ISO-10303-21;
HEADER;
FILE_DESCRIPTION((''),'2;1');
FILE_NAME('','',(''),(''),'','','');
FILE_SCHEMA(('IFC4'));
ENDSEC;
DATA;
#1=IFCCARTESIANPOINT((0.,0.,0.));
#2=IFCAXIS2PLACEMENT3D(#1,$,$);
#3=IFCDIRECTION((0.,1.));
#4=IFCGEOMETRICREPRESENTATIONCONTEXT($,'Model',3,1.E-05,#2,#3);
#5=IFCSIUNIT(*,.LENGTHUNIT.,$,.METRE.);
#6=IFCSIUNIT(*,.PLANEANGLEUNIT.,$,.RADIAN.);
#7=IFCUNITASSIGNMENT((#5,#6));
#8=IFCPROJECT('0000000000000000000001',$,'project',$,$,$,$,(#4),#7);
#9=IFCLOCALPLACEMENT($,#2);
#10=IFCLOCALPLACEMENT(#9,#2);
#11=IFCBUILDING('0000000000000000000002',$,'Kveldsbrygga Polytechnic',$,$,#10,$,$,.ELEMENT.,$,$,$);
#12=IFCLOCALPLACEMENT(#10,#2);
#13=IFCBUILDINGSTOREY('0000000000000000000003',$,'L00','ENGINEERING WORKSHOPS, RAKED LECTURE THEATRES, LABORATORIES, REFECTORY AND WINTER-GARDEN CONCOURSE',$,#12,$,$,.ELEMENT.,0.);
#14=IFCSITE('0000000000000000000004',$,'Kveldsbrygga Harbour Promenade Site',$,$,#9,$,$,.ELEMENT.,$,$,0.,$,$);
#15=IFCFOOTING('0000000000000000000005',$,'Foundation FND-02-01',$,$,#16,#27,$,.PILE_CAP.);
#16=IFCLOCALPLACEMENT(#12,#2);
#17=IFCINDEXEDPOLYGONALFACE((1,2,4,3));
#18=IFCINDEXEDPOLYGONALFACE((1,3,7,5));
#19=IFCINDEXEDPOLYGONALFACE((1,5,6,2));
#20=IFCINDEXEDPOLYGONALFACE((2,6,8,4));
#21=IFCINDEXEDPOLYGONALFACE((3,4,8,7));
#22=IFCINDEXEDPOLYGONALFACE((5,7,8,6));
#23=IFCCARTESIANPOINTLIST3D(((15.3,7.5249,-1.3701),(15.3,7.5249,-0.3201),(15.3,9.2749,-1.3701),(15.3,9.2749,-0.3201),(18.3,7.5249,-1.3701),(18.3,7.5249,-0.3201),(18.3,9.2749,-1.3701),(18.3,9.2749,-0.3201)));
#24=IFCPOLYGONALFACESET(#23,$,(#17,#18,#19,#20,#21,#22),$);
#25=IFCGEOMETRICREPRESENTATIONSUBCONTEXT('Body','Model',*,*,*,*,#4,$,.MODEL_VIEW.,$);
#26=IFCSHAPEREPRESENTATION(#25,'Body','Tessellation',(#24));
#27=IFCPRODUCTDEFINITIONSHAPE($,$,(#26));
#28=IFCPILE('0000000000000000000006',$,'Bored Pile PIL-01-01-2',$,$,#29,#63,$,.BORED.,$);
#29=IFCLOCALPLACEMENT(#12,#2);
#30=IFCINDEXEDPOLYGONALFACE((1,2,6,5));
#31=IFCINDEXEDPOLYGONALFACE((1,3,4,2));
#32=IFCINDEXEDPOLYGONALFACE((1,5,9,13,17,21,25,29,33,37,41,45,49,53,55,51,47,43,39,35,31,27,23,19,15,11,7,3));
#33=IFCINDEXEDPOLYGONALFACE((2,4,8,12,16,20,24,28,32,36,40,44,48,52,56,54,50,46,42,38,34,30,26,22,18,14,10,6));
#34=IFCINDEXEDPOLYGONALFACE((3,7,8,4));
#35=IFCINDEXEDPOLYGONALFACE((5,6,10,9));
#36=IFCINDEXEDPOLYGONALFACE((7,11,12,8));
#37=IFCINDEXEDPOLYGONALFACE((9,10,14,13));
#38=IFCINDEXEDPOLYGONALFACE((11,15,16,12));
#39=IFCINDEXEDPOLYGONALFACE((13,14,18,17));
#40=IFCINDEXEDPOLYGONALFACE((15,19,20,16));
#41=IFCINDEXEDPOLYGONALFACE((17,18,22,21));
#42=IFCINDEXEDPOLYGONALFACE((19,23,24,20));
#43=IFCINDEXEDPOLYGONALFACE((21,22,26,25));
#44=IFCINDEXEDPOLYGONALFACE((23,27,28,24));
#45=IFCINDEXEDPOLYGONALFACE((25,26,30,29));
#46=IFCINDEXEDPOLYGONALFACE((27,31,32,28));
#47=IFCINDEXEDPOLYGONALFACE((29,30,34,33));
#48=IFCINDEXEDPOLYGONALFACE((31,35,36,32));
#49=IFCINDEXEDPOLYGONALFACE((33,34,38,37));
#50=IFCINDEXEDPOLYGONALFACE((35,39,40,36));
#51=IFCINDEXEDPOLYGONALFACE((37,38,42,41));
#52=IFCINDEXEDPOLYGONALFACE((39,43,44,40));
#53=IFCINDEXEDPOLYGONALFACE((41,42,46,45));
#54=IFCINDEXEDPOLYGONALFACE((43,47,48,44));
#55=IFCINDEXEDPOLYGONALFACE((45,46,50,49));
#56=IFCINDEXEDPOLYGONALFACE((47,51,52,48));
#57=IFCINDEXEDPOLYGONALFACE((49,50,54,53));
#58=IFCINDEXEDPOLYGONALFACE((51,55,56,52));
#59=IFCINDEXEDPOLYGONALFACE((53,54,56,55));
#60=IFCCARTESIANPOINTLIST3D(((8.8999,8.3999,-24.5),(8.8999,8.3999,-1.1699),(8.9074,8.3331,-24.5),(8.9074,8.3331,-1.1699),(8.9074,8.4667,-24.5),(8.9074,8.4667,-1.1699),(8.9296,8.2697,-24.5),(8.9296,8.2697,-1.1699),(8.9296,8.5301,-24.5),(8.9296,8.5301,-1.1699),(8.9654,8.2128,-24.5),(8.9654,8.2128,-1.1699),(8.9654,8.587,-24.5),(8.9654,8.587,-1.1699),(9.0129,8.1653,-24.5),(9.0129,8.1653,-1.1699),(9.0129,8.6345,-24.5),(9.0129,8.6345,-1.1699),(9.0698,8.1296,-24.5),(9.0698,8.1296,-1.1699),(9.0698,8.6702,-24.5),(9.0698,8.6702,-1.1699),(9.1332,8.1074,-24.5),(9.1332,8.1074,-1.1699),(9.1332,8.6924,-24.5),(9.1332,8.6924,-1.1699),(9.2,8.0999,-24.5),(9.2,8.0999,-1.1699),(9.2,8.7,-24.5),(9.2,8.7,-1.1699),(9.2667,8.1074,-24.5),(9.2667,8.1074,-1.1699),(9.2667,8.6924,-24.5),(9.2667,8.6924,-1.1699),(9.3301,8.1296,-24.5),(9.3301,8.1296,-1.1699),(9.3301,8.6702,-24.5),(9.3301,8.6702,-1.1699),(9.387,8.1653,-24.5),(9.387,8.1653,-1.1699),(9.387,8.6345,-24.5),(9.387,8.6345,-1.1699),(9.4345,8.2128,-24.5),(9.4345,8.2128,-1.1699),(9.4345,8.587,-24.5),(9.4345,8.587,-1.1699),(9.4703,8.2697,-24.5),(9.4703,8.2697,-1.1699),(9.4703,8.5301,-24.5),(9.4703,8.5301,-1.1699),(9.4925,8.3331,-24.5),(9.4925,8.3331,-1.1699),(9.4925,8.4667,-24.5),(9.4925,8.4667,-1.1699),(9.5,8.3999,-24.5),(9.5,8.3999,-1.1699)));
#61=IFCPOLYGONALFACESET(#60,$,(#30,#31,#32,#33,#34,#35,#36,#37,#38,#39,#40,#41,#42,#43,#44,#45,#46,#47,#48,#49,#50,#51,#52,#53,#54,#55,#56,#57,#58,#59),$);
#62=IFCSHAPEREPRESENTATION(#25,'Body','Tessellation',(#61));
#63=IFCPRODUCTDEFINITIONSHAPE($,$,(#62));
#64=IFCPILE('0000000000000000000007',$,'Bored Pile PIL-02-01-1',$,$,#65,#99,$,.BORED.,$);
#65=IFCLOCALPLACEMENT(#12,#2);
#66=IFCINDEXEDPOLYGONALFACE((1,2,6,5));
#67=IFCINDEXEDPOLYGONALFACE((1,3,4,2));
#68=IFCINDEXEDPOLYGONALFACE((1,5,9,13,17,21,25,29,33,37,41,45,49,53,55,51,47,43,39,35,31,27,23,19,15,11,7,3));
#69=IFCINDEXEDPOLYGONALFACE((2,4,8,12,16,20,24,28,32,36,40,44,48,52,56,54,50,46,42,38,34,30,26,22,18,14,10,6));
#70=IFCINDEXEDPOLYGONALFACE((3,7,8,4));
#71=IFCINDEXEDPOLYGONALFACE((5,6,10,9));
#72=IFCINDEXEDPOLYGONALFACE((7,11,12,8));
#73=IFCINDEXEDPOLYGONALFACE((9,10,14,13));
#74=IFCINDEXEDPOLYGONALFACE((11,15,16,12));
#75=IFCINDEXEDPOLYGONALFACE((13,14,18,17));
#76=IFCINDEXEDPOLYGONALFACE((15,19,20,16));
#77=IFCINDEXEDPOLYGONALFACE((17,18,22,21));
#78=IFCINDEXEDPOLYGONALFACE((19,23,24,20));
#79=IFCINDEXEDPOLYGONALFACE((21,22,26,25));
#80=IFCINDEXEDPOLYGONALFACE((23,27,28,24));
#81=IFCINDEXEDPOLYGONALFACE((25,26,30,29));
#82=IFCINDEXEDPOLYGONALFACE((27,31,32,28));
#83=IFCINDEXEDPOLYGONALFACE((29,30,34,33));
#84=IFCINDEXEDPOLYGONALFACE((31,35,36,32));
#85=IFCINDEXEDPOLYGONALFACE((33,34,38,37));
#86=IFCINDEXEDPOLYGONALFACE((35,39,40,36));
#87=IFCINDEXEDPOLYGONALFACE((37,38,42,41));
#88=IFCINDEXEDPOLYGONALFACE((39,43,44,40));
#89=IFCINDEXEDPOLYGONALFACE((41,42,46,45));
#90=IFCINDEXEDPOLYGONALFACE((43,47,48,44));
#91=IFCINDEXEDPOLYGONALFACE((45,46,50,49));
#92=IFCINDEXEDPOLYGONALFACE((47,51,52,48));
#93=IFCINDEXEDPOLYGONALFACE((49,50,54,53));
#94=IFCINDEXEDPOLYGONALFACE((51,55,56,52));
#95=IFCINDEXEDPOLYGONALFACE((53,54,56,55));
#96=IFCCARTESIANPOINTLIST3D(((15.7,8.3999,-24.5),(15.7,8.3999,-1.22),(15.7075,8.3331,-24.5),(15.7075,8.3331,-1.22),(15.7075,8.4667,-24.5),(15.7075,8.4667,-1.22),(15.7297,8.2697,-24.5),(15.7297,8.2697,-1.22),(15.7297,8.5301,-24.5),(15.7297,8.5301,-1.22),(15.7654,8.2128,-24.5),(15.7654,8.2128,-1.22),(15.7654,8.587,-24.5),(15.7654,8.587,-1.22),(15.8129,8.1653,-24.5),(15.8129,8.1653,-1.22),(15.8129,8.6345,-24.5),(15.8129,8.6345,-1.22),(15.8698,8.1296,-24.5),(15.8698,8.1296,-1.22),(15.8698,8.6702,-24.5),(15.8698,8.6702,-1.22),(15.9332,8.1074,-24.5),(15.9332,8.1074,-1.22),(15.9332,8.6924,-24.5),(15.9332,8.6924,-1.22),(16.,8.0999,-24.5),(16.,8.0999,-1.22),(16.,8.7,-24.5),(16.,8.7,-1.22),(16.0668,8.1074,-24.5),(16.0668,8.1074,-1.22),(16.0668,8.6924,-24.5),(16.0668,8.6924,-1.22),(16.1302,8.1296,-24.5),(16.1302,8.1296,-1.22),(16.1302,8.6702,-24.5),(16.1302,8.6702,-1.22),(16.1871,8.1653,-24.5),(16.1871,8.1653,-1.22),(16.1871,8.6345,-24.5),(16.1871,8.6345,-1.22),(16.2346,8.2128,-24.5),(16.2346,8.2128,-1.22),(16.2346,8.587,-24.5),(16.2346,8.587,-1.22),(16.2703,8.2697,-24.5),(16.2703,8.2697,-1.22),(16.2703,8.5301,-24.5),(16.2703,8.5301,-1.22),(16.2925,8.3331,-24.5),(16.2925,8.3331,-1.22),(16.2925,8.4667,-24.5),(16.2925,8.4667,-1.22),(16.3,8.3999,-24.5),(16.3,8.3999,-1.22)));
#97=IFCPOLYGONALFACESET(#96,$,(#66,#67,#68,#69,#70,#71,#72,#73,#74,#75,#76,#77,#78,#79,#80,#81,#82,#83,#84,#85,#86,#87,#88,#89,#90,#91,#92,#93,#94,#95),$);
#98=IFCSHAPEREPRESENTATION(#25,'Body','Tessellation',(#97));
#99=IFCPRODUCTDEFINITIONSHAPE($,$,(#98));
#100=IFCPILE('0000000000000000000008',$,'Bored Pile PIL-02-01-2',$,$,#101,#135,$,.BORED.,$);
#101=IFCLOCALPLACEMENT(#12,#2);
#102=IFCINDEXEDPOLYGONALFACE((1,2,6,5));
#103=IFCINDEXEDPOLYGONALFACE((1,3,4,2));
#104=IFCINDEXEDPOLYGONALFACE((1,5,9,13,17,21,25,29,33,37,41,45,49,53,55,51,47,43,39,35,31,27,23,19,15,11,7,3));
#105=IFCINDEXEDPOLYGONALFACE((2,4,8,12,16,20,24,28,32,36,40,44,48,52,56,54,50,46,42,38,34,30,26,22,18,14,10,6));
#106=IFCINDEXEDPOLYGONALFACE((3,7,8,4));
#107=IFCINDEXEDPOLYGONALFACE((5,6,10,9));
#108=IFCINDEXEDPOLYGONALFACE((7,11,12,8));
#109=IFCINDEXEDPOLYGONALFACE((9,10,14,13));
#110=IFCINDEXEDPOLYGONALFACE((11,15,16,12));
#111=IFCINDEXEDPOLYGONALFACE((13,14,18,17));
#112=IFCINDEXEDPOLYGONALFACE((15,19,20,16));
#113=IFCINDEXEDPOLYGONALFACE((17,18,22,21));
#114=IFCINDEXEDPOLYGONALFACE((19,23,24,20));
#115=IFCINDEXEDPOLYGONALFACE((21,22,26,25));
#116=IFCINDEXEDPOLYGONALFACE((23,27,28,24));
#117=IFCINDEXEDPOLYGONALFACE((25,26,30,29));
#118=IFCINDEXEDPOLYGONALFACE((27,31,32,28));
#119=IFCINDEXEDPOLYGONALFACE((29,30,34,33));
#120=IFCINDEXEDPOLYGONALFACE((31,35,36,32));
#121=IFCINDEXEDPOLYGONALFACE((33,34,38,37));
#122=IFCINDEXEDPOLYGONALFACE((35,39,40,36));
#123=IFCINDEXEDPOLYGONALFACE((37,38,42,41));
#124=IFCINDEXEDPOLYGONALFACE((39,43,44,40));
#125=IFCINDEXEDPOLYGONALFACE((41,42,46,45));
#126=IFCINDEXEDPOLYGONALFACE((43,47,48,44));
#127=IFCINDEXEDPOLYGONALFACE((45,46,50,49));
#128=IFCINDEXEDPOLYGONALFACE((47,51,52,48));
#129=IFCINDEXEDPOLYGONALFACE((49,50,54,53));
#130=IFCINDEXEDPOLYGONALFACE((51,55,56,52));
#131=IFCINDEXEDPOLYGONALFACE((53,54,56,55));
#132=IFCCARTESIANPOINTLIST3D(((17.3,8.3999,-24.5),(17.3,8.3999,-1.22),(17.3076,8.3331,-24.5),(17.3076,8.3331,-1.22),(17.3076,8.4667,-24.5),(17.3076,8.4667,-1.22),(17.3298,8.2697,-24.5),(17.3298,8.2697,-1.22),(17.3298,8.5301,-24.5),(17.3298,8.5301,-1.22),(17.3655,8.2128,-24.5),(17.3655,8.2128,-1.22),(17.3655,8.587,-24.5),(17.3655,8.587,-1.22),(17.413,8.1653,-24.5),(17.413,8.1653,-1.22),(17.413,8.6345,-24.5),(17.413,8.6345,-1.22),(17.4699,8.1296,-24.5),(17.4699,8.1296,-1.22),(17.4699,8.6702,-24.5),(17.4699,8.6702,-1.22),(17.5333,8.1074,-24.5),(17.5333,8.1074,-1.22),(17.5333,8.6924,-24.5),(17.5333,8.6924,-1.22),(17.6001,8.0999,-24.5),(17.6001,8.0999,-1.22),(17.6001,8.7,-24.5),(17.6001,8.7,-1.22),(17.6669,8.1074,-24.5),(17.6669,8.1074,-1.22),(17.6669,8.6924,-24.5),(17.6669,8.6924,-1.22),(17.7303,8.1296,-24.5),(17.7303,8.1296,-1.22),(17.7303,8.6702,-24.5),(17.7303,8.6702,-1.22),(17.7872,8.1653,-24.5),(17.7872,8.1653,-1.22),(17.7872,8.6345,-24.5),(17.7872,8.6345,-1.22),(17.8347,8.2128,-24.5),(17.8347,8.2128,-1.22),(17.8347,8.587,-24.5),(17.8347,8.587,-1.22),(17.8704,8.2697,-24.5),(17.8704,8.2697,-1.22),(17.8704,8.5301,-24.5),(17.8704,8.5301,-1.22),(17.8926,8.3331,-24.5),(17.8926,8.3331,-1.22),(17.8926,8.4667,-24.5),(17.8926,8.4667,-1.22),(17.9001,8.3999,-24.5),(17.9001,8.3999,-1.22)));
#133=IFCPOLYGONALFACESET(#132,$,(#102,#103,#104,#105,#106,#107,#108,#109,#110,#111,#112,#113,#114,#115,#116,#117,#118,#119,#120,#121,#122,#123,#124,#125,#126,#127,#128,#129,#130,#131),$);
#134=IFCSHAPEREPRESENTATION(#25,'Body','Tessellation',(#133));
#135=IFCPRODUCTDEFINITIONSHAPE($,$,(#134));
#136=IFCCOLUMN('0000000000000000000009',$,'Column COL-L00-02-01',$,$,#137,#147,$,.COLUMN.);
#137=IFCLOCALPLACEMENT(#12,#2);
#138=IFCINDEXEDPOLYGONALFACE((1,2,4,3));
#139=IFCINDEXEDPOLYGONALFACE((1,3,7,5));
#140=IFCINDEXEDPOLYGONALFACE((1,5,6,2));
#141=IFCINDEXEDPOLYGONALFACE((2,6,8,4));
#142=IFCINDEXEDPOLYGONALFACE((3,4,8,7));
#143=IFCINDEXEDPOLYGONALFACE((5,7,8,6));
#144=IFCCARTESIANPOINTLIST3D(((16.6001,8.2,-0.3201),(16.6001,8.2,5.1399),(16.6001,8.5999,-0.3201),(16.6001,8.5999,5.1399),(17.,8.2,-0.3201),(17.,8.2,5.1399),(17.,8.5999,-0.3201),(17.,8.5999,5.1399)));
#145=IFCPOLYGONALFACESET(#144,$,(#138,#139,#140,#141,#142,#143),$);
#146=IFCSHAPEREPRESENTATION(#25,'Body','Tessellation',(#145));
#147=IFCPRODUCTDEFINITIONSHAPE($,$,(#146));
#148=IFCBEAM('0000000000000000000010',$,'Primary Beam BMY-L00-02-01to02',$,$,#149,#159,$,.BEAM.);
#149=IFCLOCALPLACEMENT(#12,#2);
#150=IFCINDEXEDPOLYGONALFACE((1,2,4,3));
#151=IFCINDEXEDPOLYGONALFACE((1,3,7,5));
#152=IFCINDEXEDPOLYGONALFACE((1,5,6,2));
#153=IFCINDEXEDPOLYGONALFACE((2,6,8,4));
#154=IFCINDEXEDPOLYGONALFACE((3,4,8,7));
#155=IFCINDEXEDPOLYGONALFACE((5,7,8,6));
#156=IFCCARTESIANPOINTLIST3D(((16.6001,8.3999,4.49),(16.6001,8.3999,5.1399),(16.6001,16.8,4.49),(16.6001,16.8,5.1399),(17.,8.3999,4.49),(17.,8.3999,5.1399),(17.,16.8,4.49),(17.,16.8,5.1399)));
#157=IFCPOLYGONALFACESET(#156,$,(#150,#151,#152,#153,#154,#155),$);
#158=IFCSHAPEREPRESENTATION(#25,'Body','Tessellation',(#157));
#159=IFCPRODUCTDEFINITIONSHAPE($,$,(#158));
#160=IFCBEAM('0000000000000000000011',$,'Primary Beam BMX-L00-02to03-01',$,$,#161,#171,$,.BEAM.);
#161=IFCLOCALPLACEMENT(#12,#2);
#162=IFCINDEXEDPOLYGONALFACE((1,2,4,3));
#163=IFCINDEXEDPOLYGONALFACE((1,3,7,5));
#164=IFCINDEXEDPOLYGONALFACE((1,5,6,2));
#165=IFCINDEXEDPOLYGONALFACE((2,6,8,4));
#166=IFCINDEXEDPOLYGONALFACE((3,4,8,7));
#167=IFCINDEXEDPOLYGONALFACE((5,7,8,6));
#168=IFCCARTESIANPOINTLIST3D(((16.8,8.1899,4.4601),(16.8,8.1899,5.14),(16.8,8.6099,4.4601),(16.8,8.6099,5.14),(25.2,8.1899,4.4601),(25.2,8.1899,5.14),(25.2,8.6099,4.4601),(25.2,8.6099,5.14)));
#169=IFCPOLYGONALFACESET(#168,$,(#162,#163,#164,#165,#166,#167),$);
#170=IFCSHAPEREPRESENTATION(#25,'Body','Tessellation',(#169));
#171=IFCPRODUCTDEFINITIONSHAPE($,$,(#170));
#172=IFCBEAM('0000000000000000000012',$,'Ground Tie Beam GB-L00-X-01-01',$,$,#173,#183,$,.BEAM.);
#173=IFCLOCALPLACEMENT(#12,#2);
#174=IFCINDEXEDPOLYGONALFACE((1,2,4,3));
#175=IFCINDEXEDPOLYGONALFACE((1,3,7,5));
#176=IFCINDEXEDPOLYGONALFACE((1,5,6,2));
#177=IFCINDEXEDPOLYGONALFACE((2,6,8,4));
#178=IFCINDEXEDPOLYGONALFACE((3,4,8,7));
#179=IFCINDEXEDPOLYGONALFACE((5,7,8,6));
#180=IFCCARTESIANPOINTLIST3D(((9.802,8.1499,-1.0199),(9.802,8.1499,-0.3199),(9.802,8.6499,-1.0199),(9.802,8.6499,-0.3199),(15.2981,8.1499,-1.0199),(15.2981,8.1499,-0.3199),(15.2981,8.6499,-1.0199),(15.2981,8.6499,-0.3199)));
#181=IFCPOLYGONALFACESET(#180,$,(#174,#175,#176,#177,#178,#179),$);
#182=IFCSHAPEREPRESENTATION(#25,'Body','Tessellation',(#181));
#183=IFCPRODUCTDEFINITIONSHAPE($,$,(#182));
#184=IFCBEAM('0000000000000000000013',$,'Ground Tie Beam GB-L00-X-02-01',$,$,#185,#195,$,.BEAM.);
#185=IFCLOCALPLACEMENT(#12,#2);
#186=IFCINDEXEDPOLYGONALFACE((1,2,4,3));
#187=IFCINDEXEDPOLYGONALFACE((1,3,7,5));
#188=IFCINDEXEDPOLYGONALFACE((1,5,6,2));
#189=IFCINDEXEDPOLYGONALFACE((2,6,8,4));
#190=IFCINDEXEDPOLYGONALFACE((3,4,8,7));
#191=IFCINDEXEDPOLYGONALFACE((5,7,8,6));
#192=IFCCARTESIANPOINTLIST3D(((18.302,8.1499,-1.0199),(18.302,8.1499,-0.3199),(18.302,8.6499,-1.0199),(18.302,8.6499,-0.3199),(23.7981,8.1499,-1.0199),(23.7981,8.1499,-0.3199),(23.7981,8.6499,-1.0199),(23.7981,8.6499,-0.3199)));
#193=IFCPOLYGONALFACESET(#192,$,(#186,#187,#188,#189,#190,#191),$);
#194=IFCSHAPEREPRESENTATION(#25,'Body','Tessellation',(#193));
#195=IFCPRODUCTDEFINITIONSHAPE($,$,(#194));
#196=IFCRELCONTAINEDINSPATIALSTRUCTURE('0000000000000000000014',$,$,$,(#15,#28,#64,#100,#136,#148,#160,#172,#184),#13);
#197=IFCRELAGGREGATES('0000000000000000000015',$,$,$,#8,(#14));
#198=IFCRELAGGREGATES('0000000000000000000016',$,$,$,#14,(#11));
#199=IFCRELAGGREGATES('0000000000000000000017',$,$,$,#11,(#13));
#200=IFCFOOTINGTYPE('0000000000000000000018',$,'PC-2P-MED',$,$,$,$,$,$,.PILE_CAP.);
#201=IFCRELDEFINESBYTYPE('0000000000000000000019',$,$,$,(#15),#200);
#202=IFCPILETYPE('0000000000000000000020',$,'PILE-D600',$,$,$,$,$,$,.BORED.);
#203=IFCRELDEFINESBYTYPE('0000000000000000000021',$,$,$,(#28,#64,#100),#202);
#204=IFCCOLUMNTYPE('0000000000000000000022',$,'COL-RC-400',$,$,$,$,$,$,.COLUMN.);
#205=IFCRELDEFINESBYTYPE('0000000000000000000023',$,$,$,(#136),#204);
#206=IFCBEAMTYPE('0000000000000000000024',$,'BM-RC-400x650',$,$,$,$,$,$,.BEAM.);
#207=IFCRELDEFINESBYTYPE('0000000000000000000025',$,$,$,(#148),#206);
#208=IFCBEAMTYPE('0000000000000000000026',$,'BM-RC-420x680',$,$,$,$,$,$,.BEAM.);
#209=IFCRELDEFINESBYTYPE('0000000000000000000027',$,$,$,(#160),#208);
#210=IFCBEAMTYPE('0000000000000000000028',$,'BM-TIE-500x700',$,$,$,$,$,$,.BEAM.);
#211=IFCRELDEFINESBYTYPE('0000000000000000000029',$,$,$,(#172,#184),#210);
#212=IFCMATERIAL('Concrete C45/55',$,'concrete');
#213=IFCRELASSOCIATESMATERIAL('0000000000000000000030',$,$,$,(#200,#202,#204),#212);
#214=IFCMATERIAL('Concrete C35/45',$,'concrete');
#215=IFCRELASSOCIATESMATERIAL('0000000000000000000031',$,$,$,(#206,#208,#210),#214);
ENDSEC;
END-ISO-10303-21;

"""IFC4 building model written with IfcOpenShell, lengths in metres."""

from ifc_helpers import new_model, si_unit, direction, frame, origin, origin_2d, place, context, subcontext, project, spatial, rectangle, circle, extrude, material, material_profile, profile_set, type_object, element, save


model = new_model("IFC4")

# Units and contexts
model_context = context("Model", 3, precision=1e-05, world=origin(), true_north=direction((0.0, 1.0)))
body_context = subcontext(model_context, "Body", "Model", "MODEL_VIEW")
ifc_project = project(units=[si_unit("LENGTHUNIT", "METRE"), si_unit("PLANEANGLEUNIT", "RADIAN")], contexts=[model_context])

# Site, building, storey
site_placement = place(None, origin())
site = spatial("IfcSite", under=ifc_project, at=site_placement, Name="Kveldsbrygga Harbour Promenade Site", CompositionType="ELEMENT", RefElevation=0.0)
building_placement = place(site_placement, origin())
building = spatial("IfcBuilding", under=site, at=building_placement, Name="Kveldsbrygga Polytechnic", CompositionType="ELEMENT")
storey_placement = place(building_placement, origin())
storey = spatial("IfcBuildingStorey", under=building, at=storey_placement, Name="L00", Description="ENGINEERING WORKSHOPS, RAKED LECTURE THEATRES, LABORATORIES, REFECTORY AND WINTER-GARDEN CONCOURSE", CompositionType="ELEMENT", Elevation=0.0)

# Footing
ifc_material_1 = material(Name="Concrete C45/55", Category="concrete")
footing_type = type_object("IfcFootingType", Name="PC-2P-MED", PredefinedType="PILE_CAP", material=ifc_material_1)
footing_placement = place(storey_placement, frame((16.8, 8.3999, -1.3701), z_axis=(0.0, 0.0, 1.0), x_axis=(1.0, 0.0, 0.0)))
element("IfcFooting", 1, at=footing_placement, inside=storey, type_object=footing_type, Name="Foundation FND-02-01", PredefinedType="PILE_CAP", context=body_context, shape_type="SweptSolid", body=[
    extrude(rectangle(XDim=3.0, YDim=1.75, at=origin_2d()), origin(), (0.0, 0.0, 1.0), 1.05),
])

# Piles
ifc_material_profile_1 = material_profile(ifc_material_1, circle(Radius=0.3, at=origin_2d()), Name="PILE D600")
ifc_profile_set_1 = profile_set([ifc_material_profile_1], Name="Concrete C45/55")
pile_type = type_object("IfcPileType", Name="PILE-D600", PredefinedType="BORED", material=ifc_profile_set_1)
pile_placement = place(storey_placement, frame((9.2, 8.3999, -1.1699), z_axis=(0.0, 0.0, -1.0), x_axis=(1.0, 0.0, 0.0)))
element("IfcPile", 2, at=pile_placement, inside=storey, type_object=pile_type, Name="Bored Pile PIL-01-01-2", PredefinedType="BORED", context=body_context, shape_type="SweptSolid", body=[
    extrude(circle(Radius=0.3, at=origin_2d()), origin(), (0.0, 0.0, 1.0), 23.3301),
])
for number, where, z_axis, x_axis, name in (
    (3, (16.0, 8.3999, -1.22), (0.0, 0.0, -1.0), (1.0, 0.0, 0.0), "Bored Pile PIL-02-01-1"),
    (4, (17.6001, 8.3999, -1.22), (0.0, 0.0, -1.0), (1.0, 0.0, 0.0), "Bored Pile PIL-02-01-2"),
):
    element("IfcPile", number, at=place(storey_placement, frame(where, z_axis=z_axis, x_axis=x_axis)), inside=storey, type_object=pile_type, Name=name, PredefinedType="BORED", context=body_context, shape_type="SweptSolid", body=[
        extrude(circle(Radius=0.3, at=origin_2d()), origin(), (0.0, 0.0, 1.0), 23.28),
    ])

# Column
ifc_material_profile_2 = material_profile(ifc_material_1, rectangle(XDim=0.3999, YDim=0.3999, at=origin_2d()), Name="RC 400x400")
ifc_profile_set_2 = profile_set([ifc_material_profile_2], Name="Concrete C45/55")
column_type = type_object("IfcColumnType", Name="COL-RC-400", PredefinedType="COLUMN", material=ifc_profile_set_2)
column_placement = place(storey_placement, frame((16.8, 8.3999, -0.3201), z_axis=(0.0, 0.0, 1.0), x_axis=(1.0, 0.0, 0.0)))
element("IfcColumn", 5, at=column_placement, inside=storey, type_object=column_type, Name="Column COL-L00-02-01", PredefinedType="COLUMN", context=body_context, shape_type="SweptSolid", body=[
    extrude(rectangle(XDim=0.3999, YDim=0.3999, at=origin_2d()), origin(), (0.0, 0.0, 1.0), 5.46),
])

# Beams
ifc_material_2 = material(Name="Concrete C35/45", Category="concrete")
ifc_material_profile_3 = material_profile(ifc_material_2, rectangle(XDim=0.3999, YDim=0.6499, at=origin_2d()), Name="RC 400x650")
ifc_profile_set_3 = profile_set([ifc_material_profile_3], Name="Concrete C35/45")
beam_type_1 = type_object("IfcBeamType", Name="BM-RC-400x650", PredefinedType="BEAM", material=ifc_profile_set_3)
beam_1_placement = place(storey_placement, frame((16.8, 8.3999, 4.8149), z_axis=(0.0, 1.0, 0.0), x_axis=(-1.0, 0.0, 0.0)))
element("IfcBeam", 6, at=beam_1_placement, inside=storey, type_object=beam_type_1, Name="Primary Beam BMY-L00-02-01to02", PredefinedType="BEAM", context=body_context, shape_type="SweptSolid", body=[
    extrude(rectangle(XDim=0.3999, YDim=0.6499, at=origin_2d()), origin(), (0.0, 0.0, 1.0), 8.4001),
])
ifc_material_profile_4 = material_profile(ifc_material_2, rectangle(XDim=0.4199, YDim=0.6799, at=origin_2d()), Name="RC 420x680")
ifc_profile_set_4 = profile_set([ifc_material_profile_4], Name="Concrete C35/45")
beam_type_2 = type_object("IfcBeamType", Name="BM-RC-420x680", PredefinedType="BEAM", material=ifc_profile_set_4)
beam_2_placement = place(storey_placement, frame((16.8, 8.3999, 4.8), z_axis=(1.0, 0.0, 0.0), x_axis=(0.0, 1.0, 0.0)))
element("IfcBeam", 7, at=beam_2_placement, inside=storey, type_object=beam_type_2, Name="Primary Beam BMX-L00-02to03-01", PredefinedType="BEAM", context=body_context, shape_type="SweptSolid", body=[
    extrude(rectangle(XDim=0.4199, YDim=0.6799, at=origin_2d()), origin(), (0.0, 0.0, 1.0), 8.3999),
])
ifc_material_profile_5 = material_profile(ifc_material_2, rectangle(XDim=0.5, YDim=0.7, at=origin_2d()), Name="RC 500x700")
ifc_profile_set_5 = profile_set([ifc_material_profile_5], Name="Concrete C35/45")
beam_type_3 = type_object("IfcBeamType", Name="BM-TIE-500x700", PredefinedType="BEAM", material=ifc_profile_set_5)
for number, where, z_axis, x_axis, name in (
    (8, (9.802, 8.3999, -0.6699), (1.0, 0.0, 0.0), (0.0, 1.0, 0.0), "Ground Tie Beam GB-L00-X-01-01"),
    (9, (18.302, 8.3999, -0.6699), (1.0, 0.0, 0.0), (0.0, 1.0, 0.0), "Ground Tie Beam GB-L00-X-02-01"),
):
    element("IfcBeam", number, at=place(storey_placement, frame(where, z_axis=z_axis, x_axis=x_axis)), inside=storey, type_object=beam_type_3, Name=name, PredefinedType="BEAM", context=body_context, shape_type="SweptSolid", body=[
        extrude(rectangle(XDim=0.5, YDim=0.7, at=origin_2d()), origin(), (0.0, 0.0, 1.0), 5.4961),
    ])

save(model, "model.ifc")
